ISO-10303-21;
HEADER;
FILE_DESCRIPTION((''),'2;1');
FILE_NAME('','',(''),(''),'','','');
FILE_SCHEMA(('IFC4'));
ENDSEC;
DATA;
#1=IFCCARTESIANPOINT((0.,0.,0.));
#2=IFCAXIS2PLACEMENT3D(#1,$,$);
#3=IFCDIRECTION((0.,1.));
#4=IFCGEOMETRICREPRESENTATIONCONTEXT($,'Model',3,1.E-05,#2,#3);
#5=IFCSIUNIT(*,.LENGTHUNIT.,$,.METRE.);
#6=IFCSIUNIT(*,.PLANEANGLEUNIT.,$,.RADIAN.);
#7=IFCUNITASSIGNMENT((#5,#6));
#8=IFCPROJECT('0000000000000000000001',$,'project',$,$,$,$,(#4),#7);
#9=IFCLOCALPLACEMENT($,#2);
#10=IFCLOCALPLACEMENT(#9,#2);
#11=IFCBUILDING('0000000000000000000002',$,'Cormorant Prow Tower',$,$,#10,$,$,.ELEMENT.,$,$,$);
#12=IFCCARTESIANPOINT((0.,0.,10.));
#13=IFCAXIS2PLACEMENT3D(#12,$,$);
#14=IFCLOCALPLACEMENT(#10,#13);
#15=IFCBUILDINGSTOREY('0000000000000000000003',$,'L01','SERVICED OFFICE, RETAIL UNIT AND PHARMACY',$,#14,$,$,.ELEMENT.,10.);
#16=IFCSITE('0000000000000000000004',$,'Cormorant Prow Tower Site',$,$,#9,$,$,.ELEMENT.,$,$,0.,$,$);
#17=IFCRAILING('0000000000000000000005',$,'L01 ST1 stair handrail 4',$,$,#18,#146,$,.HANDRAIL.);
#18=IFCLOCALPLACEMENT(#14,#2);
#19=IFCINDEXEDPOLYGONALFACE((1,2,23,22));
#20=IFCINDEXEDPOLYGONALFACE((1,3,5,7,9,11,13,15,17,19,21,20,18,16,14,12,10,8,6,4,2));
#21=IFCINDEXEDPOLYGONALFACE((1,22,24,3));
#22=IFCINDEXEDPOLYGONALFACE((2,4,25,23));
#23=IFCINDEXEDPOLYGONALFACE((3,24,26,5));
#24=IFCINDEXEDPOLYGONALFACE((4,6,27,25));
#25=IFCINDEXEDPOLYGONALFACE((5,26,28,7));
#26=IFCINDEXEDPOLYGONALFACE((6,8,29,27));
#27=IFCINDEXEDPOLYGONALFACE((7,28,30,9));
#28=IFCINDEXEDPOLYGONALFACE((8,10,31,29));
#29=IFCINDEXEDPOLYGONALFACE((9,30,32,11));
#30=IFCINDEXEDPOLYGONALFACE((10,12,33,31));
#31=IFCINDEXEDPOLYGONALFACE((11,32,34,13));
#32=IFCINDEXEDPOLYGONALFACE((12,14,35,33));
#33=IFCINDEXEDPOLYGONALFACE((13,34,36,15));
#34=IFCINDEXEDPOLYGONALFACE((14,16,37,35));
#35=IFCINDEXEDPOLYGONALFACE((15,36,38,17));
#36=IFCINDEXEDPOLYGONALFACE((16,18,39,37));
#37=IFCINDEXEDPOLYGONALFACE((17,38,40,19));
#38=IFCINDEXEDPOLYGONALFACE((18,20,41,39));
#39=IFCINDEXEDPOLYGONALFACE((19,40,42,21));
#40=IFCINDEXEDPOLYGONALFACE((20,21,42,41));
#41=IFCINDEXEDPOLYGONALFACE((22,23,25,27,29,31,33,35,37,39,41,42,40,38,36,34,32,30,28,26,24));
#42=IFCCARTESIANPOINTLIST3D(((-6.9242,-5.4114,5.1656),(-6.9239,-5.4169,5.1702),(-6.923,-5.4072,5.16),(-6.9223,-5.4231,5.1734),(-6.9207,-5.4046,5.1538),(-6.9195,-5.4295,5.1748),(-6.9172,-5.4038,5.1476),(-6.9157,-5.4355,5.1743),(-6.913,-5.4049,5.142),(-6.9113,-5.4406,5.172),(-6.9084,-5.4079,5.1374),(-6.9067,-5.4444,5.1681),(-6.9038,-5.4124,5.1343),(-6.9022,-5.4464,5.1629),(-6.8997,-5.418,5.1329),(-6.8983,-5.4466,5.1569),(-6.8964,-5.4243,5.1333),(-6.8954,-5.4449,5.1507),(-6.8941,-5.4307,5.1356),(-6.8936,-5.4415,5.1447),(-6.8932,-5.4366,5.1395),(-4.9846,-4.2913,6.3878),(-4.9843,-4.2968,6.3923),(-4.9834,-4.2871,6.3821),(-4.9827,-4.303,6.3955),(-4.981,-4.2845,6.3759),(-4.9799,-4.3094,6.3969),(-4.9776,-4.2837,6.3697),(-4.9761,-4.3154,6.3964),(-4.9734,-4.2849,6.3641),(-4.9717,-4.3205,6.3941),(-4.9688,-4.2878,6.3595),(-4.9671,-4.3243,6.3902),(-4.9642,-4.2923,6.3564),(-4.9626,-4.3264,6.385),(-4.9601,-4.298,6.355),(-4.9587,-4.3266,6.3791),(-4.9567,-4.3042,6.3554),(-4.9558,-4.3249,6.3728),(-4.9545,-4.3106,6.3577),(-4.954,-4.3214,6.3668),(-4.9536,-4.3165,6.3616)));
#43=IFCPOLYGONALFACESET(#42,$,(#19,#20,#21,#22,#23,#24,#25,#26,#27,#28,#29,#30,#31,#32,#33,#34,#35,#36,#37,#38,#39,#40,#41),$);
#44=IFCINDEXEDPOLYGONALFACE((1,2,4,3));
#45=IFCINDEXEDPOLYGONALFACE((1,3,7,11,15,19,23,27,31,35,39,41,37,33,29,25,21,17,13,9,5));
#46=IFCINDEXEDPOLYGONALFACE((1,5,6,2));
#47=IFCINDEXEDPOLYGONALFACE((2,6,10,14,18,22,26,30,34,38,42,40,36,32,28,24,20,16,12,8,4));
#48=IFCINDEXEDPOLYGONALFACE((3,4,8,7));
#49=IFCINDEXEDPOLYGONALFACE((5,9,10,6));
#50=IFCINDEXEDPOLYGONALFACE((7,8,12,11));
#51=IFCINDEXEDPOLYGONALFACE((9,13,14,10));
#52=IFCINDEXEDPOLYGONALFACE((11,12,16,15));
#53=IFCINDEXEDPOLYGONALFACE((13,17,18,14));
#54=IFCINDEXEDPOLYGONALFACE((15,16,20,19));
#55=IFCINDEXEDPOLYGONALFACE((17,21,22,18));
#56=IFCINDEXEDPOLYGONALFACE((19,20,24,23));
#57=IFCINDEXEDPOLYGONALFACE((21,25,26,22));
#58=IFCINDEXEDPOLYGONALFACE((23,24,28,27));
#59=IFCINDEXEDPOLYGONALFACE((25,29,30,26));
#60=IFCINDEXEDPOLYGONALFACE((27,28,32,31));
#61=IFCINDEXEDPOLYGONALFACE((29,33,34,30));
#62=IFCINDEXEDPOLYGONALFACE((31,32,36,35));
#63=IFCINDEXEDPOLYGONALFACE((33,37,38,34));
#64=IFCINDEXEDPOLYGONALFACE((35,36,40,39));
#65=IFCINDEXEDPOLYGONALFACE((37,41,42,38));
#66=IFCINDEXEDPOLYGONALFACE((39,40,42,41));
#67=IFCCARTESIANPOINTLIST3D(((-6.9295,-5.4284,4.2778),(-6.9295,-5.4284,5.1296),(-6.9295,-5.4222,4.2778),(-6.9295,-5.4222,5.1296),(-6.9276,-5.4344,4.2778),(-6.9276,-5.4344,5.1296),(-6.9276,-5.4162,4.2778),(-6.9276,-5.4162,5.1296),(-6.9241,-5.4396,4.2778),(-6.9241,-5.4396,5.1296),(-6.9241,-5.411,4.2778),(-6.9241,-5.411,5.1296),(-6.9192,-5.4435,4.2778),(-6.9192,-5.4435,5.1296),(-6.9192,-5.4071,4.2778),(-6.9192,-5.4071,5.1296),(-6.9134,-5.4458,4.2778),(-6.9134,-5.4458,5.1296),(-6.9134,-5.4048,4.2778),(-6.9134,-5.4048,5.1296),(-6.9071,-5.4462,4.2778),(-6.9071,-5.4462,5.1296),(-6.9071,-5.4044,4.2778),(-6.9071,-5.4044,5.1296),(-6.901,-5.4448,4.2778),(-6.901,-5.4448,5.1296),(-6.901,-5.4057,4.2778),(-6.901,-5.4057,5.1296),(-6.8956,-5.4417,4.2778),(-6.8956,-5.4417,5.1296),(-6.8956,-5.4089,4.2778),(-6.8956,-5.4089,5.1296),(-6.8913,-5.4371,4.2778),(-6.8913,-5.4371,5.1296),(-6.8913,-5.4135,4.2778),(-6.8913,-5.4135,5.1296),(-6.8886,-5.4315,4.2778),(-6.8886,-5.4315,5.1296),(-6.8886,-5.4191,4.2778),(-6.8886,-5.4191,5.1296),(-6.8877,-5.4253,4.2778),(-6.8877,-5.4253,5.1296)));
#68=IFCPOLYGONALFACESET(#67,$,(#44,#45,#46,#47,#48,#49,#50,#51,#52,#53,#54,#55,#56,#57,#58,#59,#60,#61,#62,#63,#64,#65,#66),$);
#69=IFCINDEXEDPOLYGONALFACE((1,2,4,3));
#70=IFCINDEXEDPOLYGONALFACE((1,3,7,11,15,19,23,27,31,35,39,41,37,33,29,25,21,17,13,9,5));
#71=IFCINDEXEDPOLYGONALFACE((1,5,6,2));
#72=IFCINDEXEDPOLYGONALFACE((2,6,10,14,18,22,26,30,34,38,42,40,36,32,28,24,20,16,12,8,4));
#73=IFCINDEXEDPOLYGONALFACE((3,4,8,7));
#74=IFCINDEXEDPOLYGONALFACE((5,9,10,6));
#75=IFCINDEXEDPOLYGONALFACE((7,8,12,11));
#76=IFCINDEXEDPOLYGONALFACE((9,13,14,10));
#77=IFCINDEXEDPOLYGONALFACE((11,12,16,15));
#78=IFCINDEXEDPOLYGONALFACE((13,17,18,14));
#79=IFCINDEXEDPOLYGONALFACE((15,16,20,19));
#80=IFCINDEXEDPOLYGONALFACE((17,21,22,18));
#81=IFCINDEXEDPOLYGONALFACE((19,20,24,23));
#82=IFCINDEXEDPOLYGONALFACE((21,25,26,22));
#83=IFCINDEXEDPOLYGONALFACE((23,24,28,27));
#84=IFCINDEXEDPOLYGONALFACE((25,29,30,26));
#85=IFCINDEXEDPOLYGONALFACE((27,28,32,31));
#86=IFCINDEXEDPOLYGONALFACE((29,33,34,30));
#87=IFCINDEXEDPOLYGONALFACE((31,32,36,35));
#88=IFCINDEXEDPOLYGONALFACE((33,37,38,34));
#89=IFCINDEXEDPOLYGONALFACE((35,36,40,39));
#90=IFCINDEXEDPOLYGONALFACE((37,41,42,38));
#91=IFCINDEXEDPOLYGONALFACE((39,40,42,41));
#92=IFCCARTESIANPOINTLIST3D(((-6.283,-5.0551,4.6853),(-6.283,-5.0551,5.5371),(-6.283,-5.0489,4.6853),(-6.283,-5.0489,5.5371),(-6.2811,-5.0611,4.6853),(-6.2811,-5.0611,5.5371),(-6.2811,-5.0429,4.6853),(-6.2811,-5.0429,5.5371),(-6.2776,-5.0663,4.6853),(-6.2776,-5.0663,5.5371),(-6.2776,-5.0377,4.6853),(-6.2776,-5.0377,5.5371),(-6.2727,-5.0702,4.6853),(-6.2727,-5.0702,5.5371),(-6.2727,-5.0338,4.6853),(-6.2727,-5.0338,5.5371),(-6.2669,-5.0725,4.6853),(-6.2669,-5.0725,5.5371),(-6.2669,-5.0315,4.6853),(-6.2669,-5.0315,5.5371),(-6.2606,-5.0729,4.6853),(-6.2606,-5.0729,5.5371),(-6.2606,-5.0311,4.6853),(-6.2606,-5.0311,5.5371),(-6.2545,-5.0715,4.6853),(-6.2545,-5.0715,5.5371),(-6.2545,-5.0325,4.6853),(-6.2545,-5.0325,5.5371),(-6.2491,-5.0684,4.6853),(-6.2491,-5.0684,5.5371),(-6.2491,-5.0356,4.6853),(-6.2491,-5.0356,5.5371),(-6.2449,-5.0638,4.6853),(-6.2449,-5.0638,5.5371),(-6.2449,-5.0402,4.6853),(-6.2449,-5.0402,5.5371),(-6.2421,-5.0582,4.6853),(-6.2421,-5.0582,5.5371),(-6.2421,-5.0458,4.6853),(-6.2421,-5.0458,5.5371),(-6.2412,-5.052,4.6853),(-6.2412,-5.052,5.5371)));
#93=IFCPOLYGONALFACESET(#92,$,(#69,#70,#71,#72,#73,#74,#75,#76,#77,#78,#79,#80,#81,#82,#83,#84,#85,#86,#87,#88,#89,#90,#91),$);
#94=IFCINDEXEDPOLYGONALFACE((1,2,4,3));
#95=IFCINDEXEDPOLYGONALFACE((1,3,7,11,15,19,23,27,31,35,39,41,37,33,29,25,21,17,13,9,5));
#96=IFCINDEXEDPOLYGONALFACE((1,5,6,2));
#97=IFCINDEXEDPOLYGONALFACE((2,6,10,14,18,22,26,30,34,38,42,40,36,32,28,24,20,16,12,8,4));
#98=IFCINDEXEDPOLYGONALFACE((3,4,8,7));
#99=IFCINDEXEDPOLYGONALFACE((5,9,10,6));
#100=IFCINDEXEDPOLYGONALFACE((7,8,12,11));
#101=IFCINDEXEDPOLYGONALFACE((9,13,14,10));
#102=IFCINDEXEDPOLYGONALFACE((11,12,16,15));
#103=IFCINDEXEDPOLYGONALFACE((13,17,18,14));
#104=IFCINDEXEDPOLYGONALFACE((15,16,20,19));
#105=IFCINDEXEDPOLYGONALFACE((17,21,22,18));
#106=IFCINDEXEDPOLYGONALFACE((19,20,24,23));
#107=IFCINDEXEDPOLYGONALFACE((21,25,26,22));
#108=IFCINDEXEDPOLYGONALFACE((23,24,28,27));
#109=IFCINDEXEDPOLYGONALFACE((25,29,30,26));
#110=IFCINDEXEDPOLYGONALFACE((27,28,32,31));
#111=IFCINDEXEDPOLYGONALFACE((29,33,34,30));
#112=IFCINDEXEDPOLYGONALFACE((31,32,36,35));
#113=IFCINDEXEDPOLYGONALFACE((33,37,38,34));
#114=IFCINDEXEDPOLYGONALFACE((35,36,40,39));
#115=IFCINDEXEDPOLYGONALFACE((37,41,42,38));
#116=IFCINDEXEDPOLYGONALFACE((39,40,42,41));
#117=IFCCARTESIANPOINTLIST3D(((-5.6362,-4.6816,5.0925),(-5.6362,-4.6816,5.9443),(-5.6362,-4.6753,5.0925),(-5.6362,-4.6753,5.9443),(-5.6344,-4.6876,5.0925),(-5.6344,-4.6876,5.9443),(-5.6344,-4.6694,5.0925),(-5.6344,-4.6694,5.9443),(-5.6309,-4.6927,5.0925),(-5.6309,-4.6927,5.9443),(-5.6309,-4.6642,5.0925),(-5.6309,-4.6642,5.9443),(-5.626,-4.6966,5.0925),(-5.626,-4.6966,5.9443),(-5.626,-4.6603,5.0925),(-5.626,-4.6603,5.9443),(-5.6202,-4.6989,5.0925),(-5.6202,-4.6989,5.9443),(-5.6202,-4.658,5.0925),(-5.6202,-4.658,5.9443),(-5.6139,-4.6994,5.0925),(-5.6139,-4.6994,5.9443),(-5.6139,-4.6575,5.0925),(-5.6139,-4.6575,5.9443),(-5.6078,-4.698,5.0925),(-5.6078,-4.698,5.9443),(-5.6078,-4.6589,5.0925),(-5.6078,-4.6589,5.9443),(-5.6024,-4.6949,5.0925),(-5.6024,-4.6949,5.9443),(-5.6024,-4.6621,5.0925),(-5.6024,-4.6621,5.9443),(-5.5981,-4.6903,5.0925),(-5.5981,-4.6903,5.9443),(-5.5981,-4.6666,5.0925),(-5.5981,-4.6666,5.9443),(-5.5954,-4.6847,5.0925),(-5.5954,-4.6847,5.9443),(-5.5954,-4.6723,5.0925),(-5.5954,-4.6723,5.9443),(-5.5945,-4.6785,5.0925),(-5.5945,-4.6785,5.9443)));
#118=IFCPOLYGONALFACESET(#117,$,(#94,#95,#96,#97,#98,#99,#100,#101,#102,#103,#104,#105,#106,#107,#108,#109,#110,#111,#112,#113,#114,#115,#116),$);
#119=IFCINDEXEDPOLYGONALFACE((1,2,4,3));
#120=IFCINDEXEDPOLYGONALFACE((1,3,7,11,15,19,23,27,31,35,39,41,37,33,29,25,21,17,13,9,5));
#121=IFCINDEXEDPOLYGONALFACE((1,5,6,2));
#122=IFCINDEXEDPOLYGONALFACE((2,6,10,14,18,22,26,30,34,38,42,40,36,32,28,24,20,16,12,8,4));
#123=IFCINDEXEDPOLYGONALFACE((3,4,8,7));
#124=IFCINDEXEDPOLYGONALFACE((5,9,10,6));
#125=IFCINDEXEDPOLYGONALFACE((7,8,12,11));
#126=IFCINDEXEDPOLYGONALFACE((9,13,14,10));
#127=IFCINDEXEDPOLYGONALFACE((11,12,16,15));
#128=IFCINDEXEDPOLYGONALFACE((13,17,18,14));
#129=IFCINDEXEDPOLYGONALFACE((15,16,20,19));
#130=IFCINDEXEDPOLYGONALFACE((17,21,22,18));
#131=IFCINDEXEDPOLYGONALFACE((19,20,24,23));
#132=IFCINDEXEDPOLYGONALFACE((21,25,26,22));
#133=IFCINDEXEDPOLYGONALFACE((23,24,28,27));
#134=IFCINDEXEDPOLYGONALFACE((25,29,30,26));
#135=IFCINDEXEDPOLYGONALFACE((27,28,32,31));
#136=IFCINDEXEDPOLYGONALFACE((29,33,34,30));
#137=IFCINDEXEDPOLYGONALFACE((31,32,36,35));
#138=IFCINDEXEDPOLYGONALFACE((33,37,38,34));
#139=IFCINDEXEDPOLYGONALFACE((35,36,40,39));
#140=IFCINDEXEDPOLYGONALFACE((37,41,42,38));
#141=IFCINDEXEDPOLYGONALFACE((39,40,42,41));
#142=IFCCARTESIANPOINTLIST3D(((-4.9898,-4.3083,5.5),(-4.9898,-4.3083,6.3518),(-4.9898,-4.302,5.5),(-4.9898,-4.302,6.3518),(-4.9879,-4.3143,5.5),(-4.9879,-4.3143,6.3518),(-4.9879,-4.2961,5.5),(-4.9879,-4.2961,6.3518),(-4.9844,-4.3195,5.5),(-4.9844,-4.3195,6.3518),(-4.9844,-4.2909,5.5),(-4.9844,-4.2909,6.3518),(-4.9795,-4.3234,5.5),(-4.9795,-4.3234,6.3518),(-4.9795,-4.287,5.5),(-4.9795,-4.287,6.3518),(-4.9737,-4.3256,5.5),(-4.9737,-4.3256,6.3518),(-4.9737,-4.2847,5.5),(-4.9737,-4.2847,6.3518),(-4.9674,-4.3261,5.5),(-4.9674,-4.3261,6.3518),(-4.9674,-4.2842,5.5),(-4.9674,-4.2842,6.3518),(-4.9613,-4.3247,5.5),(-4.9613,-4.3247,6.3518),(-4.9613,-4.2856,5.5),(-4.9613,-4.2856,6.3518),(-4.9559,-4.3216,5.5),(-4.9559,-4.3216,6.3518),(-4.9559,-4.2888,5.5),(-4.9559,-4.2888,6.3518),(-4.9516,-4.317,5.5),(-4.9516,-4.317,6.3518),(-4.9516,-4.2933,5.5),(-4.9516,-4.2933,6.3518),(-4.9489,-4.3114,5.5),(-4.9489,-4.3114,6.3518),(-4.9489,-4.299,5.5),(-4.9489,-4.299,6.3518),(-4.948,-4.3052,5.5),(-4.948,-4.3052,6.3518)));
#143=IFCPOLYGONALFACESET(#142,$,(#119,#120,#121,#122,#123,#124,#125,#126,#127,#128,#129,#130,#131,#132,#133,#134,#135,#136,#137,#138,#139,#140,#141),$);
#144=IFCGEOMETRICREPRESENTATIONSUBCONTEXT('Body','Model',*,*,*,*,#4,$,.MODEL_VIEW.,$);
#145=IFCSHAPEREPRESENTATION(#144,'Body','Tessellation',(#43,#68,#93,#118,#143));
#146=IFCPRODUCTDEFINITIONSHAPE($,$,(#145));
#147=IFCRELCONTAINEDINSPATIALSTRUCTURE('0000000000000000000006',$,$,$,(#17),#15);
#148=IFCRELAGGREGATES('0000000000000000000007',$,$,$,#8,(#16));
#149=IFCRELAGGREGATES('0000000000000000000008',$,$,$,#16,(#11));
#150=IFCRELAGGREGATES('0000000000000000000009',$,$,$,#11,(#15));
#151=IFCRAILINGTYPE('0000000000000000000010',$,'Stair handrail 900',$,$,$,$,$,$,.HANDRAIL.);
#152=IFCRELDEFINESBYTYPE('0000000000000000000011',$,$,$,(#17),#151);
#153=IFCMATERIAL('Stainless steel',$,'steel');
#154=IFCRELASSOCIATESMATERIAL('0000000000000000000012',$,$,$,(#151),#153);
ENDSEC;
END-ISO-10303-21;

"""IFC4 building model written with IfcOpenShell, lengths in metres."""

from ifc_helpers import new_model, si_unit, direction, frame, origin, origin_2d, place, context, subcontext, project, spatial, circle, extrude, material, type_object, element, save


model = new_model("IFC4")

# Units and contexts
model_context = context("Model", 3, precision=1e-05, world=origin(), true_north=direction((0.0, 1.0)))
body_context = subcontext(model_context, "Body", "Model", "MODEL_VIEW")
ifc_project = project(units=[si_unit("LENGTHUNIT", "METRE"), si_unit("PLANEANGLEUNIT", "RADIAN")], contexts=[model_context])

# Site, building, storey
site_placement = place(None, origin())
site = spatial("IfcSite", under=ifc_project, at=site_placement, Name="Cormorant Prow Tower Site", CompositionType="ELEMENT", RefElevation=0.0)
building_placement = place(site_placement, origin())
building = spatial("IfcBuilding", under=site, at=building_placement, Name="Cormorant Prow Tower", CompositionType="ELEMENT")
storey_placement = place(building_placement, frame((0.0, 0.0, 10.0)))
storey = spatial("IfcBuildingStorey", under=building, at=storey_placement, Name="L01", Description="SERVICED OFFICE, RETAIL UNIT AND PHARMACY", CompositionType="ELEMENT", Elevation=10.0)

# Railing
ifc_material_1 = material(Name="Stainless steel", Category="steel")
railing_type_1 = type_object("IfcRailingType", Name="Stair handrail 900", PredefinedType="HANDRAIL", material=ifc_material_1)
railing_1_placement = place(storey_placement, frame((-6.9087, -5.4253, 4.2778)))
element("IfcRailing", 1, at=railing_1_placement, inside=storey, type_object=railing_type_1, Name="L01 ST1 stair handrail 4", PredefinedType="HANDRAIL", context=body_context, shape_type="SweptSolid", body=[
    extrude(circle(Radius=0.0239, at=origin_2d()), frame((0.0, 0.0, 0.876), z_axis=(0.760182, 0.438982, 0.478977), x_axis=(-0.500078, 0.86598, 0.0)), (0.0, 0.0, 1.0), 2.5515),
    extrude(circle(Radius=0.021, at=origin_2d()), origin(), (0.0, 0.0, 1.0), 0.8518),
    extrude(circle(Radius=0.021, at=origin_2d()), frame((0.6465, 0.3733, 0.4075)), (0.0, 0.0, 1.0), 0.8518),
    extrude(circle(Radius=0.021, at=origin_2d()), frame((1.2932, 0.7468, 0.8147)), (0.0, 0.0, 1.0), 0.8518),
    extrude(circle(Radius=0.021, at=origin_2d()), frame((1.9397, 1.1201, 1.2222)), (0.0, 0.0, 1.0), 0.8518),
])

save(model, "model.ifc")
